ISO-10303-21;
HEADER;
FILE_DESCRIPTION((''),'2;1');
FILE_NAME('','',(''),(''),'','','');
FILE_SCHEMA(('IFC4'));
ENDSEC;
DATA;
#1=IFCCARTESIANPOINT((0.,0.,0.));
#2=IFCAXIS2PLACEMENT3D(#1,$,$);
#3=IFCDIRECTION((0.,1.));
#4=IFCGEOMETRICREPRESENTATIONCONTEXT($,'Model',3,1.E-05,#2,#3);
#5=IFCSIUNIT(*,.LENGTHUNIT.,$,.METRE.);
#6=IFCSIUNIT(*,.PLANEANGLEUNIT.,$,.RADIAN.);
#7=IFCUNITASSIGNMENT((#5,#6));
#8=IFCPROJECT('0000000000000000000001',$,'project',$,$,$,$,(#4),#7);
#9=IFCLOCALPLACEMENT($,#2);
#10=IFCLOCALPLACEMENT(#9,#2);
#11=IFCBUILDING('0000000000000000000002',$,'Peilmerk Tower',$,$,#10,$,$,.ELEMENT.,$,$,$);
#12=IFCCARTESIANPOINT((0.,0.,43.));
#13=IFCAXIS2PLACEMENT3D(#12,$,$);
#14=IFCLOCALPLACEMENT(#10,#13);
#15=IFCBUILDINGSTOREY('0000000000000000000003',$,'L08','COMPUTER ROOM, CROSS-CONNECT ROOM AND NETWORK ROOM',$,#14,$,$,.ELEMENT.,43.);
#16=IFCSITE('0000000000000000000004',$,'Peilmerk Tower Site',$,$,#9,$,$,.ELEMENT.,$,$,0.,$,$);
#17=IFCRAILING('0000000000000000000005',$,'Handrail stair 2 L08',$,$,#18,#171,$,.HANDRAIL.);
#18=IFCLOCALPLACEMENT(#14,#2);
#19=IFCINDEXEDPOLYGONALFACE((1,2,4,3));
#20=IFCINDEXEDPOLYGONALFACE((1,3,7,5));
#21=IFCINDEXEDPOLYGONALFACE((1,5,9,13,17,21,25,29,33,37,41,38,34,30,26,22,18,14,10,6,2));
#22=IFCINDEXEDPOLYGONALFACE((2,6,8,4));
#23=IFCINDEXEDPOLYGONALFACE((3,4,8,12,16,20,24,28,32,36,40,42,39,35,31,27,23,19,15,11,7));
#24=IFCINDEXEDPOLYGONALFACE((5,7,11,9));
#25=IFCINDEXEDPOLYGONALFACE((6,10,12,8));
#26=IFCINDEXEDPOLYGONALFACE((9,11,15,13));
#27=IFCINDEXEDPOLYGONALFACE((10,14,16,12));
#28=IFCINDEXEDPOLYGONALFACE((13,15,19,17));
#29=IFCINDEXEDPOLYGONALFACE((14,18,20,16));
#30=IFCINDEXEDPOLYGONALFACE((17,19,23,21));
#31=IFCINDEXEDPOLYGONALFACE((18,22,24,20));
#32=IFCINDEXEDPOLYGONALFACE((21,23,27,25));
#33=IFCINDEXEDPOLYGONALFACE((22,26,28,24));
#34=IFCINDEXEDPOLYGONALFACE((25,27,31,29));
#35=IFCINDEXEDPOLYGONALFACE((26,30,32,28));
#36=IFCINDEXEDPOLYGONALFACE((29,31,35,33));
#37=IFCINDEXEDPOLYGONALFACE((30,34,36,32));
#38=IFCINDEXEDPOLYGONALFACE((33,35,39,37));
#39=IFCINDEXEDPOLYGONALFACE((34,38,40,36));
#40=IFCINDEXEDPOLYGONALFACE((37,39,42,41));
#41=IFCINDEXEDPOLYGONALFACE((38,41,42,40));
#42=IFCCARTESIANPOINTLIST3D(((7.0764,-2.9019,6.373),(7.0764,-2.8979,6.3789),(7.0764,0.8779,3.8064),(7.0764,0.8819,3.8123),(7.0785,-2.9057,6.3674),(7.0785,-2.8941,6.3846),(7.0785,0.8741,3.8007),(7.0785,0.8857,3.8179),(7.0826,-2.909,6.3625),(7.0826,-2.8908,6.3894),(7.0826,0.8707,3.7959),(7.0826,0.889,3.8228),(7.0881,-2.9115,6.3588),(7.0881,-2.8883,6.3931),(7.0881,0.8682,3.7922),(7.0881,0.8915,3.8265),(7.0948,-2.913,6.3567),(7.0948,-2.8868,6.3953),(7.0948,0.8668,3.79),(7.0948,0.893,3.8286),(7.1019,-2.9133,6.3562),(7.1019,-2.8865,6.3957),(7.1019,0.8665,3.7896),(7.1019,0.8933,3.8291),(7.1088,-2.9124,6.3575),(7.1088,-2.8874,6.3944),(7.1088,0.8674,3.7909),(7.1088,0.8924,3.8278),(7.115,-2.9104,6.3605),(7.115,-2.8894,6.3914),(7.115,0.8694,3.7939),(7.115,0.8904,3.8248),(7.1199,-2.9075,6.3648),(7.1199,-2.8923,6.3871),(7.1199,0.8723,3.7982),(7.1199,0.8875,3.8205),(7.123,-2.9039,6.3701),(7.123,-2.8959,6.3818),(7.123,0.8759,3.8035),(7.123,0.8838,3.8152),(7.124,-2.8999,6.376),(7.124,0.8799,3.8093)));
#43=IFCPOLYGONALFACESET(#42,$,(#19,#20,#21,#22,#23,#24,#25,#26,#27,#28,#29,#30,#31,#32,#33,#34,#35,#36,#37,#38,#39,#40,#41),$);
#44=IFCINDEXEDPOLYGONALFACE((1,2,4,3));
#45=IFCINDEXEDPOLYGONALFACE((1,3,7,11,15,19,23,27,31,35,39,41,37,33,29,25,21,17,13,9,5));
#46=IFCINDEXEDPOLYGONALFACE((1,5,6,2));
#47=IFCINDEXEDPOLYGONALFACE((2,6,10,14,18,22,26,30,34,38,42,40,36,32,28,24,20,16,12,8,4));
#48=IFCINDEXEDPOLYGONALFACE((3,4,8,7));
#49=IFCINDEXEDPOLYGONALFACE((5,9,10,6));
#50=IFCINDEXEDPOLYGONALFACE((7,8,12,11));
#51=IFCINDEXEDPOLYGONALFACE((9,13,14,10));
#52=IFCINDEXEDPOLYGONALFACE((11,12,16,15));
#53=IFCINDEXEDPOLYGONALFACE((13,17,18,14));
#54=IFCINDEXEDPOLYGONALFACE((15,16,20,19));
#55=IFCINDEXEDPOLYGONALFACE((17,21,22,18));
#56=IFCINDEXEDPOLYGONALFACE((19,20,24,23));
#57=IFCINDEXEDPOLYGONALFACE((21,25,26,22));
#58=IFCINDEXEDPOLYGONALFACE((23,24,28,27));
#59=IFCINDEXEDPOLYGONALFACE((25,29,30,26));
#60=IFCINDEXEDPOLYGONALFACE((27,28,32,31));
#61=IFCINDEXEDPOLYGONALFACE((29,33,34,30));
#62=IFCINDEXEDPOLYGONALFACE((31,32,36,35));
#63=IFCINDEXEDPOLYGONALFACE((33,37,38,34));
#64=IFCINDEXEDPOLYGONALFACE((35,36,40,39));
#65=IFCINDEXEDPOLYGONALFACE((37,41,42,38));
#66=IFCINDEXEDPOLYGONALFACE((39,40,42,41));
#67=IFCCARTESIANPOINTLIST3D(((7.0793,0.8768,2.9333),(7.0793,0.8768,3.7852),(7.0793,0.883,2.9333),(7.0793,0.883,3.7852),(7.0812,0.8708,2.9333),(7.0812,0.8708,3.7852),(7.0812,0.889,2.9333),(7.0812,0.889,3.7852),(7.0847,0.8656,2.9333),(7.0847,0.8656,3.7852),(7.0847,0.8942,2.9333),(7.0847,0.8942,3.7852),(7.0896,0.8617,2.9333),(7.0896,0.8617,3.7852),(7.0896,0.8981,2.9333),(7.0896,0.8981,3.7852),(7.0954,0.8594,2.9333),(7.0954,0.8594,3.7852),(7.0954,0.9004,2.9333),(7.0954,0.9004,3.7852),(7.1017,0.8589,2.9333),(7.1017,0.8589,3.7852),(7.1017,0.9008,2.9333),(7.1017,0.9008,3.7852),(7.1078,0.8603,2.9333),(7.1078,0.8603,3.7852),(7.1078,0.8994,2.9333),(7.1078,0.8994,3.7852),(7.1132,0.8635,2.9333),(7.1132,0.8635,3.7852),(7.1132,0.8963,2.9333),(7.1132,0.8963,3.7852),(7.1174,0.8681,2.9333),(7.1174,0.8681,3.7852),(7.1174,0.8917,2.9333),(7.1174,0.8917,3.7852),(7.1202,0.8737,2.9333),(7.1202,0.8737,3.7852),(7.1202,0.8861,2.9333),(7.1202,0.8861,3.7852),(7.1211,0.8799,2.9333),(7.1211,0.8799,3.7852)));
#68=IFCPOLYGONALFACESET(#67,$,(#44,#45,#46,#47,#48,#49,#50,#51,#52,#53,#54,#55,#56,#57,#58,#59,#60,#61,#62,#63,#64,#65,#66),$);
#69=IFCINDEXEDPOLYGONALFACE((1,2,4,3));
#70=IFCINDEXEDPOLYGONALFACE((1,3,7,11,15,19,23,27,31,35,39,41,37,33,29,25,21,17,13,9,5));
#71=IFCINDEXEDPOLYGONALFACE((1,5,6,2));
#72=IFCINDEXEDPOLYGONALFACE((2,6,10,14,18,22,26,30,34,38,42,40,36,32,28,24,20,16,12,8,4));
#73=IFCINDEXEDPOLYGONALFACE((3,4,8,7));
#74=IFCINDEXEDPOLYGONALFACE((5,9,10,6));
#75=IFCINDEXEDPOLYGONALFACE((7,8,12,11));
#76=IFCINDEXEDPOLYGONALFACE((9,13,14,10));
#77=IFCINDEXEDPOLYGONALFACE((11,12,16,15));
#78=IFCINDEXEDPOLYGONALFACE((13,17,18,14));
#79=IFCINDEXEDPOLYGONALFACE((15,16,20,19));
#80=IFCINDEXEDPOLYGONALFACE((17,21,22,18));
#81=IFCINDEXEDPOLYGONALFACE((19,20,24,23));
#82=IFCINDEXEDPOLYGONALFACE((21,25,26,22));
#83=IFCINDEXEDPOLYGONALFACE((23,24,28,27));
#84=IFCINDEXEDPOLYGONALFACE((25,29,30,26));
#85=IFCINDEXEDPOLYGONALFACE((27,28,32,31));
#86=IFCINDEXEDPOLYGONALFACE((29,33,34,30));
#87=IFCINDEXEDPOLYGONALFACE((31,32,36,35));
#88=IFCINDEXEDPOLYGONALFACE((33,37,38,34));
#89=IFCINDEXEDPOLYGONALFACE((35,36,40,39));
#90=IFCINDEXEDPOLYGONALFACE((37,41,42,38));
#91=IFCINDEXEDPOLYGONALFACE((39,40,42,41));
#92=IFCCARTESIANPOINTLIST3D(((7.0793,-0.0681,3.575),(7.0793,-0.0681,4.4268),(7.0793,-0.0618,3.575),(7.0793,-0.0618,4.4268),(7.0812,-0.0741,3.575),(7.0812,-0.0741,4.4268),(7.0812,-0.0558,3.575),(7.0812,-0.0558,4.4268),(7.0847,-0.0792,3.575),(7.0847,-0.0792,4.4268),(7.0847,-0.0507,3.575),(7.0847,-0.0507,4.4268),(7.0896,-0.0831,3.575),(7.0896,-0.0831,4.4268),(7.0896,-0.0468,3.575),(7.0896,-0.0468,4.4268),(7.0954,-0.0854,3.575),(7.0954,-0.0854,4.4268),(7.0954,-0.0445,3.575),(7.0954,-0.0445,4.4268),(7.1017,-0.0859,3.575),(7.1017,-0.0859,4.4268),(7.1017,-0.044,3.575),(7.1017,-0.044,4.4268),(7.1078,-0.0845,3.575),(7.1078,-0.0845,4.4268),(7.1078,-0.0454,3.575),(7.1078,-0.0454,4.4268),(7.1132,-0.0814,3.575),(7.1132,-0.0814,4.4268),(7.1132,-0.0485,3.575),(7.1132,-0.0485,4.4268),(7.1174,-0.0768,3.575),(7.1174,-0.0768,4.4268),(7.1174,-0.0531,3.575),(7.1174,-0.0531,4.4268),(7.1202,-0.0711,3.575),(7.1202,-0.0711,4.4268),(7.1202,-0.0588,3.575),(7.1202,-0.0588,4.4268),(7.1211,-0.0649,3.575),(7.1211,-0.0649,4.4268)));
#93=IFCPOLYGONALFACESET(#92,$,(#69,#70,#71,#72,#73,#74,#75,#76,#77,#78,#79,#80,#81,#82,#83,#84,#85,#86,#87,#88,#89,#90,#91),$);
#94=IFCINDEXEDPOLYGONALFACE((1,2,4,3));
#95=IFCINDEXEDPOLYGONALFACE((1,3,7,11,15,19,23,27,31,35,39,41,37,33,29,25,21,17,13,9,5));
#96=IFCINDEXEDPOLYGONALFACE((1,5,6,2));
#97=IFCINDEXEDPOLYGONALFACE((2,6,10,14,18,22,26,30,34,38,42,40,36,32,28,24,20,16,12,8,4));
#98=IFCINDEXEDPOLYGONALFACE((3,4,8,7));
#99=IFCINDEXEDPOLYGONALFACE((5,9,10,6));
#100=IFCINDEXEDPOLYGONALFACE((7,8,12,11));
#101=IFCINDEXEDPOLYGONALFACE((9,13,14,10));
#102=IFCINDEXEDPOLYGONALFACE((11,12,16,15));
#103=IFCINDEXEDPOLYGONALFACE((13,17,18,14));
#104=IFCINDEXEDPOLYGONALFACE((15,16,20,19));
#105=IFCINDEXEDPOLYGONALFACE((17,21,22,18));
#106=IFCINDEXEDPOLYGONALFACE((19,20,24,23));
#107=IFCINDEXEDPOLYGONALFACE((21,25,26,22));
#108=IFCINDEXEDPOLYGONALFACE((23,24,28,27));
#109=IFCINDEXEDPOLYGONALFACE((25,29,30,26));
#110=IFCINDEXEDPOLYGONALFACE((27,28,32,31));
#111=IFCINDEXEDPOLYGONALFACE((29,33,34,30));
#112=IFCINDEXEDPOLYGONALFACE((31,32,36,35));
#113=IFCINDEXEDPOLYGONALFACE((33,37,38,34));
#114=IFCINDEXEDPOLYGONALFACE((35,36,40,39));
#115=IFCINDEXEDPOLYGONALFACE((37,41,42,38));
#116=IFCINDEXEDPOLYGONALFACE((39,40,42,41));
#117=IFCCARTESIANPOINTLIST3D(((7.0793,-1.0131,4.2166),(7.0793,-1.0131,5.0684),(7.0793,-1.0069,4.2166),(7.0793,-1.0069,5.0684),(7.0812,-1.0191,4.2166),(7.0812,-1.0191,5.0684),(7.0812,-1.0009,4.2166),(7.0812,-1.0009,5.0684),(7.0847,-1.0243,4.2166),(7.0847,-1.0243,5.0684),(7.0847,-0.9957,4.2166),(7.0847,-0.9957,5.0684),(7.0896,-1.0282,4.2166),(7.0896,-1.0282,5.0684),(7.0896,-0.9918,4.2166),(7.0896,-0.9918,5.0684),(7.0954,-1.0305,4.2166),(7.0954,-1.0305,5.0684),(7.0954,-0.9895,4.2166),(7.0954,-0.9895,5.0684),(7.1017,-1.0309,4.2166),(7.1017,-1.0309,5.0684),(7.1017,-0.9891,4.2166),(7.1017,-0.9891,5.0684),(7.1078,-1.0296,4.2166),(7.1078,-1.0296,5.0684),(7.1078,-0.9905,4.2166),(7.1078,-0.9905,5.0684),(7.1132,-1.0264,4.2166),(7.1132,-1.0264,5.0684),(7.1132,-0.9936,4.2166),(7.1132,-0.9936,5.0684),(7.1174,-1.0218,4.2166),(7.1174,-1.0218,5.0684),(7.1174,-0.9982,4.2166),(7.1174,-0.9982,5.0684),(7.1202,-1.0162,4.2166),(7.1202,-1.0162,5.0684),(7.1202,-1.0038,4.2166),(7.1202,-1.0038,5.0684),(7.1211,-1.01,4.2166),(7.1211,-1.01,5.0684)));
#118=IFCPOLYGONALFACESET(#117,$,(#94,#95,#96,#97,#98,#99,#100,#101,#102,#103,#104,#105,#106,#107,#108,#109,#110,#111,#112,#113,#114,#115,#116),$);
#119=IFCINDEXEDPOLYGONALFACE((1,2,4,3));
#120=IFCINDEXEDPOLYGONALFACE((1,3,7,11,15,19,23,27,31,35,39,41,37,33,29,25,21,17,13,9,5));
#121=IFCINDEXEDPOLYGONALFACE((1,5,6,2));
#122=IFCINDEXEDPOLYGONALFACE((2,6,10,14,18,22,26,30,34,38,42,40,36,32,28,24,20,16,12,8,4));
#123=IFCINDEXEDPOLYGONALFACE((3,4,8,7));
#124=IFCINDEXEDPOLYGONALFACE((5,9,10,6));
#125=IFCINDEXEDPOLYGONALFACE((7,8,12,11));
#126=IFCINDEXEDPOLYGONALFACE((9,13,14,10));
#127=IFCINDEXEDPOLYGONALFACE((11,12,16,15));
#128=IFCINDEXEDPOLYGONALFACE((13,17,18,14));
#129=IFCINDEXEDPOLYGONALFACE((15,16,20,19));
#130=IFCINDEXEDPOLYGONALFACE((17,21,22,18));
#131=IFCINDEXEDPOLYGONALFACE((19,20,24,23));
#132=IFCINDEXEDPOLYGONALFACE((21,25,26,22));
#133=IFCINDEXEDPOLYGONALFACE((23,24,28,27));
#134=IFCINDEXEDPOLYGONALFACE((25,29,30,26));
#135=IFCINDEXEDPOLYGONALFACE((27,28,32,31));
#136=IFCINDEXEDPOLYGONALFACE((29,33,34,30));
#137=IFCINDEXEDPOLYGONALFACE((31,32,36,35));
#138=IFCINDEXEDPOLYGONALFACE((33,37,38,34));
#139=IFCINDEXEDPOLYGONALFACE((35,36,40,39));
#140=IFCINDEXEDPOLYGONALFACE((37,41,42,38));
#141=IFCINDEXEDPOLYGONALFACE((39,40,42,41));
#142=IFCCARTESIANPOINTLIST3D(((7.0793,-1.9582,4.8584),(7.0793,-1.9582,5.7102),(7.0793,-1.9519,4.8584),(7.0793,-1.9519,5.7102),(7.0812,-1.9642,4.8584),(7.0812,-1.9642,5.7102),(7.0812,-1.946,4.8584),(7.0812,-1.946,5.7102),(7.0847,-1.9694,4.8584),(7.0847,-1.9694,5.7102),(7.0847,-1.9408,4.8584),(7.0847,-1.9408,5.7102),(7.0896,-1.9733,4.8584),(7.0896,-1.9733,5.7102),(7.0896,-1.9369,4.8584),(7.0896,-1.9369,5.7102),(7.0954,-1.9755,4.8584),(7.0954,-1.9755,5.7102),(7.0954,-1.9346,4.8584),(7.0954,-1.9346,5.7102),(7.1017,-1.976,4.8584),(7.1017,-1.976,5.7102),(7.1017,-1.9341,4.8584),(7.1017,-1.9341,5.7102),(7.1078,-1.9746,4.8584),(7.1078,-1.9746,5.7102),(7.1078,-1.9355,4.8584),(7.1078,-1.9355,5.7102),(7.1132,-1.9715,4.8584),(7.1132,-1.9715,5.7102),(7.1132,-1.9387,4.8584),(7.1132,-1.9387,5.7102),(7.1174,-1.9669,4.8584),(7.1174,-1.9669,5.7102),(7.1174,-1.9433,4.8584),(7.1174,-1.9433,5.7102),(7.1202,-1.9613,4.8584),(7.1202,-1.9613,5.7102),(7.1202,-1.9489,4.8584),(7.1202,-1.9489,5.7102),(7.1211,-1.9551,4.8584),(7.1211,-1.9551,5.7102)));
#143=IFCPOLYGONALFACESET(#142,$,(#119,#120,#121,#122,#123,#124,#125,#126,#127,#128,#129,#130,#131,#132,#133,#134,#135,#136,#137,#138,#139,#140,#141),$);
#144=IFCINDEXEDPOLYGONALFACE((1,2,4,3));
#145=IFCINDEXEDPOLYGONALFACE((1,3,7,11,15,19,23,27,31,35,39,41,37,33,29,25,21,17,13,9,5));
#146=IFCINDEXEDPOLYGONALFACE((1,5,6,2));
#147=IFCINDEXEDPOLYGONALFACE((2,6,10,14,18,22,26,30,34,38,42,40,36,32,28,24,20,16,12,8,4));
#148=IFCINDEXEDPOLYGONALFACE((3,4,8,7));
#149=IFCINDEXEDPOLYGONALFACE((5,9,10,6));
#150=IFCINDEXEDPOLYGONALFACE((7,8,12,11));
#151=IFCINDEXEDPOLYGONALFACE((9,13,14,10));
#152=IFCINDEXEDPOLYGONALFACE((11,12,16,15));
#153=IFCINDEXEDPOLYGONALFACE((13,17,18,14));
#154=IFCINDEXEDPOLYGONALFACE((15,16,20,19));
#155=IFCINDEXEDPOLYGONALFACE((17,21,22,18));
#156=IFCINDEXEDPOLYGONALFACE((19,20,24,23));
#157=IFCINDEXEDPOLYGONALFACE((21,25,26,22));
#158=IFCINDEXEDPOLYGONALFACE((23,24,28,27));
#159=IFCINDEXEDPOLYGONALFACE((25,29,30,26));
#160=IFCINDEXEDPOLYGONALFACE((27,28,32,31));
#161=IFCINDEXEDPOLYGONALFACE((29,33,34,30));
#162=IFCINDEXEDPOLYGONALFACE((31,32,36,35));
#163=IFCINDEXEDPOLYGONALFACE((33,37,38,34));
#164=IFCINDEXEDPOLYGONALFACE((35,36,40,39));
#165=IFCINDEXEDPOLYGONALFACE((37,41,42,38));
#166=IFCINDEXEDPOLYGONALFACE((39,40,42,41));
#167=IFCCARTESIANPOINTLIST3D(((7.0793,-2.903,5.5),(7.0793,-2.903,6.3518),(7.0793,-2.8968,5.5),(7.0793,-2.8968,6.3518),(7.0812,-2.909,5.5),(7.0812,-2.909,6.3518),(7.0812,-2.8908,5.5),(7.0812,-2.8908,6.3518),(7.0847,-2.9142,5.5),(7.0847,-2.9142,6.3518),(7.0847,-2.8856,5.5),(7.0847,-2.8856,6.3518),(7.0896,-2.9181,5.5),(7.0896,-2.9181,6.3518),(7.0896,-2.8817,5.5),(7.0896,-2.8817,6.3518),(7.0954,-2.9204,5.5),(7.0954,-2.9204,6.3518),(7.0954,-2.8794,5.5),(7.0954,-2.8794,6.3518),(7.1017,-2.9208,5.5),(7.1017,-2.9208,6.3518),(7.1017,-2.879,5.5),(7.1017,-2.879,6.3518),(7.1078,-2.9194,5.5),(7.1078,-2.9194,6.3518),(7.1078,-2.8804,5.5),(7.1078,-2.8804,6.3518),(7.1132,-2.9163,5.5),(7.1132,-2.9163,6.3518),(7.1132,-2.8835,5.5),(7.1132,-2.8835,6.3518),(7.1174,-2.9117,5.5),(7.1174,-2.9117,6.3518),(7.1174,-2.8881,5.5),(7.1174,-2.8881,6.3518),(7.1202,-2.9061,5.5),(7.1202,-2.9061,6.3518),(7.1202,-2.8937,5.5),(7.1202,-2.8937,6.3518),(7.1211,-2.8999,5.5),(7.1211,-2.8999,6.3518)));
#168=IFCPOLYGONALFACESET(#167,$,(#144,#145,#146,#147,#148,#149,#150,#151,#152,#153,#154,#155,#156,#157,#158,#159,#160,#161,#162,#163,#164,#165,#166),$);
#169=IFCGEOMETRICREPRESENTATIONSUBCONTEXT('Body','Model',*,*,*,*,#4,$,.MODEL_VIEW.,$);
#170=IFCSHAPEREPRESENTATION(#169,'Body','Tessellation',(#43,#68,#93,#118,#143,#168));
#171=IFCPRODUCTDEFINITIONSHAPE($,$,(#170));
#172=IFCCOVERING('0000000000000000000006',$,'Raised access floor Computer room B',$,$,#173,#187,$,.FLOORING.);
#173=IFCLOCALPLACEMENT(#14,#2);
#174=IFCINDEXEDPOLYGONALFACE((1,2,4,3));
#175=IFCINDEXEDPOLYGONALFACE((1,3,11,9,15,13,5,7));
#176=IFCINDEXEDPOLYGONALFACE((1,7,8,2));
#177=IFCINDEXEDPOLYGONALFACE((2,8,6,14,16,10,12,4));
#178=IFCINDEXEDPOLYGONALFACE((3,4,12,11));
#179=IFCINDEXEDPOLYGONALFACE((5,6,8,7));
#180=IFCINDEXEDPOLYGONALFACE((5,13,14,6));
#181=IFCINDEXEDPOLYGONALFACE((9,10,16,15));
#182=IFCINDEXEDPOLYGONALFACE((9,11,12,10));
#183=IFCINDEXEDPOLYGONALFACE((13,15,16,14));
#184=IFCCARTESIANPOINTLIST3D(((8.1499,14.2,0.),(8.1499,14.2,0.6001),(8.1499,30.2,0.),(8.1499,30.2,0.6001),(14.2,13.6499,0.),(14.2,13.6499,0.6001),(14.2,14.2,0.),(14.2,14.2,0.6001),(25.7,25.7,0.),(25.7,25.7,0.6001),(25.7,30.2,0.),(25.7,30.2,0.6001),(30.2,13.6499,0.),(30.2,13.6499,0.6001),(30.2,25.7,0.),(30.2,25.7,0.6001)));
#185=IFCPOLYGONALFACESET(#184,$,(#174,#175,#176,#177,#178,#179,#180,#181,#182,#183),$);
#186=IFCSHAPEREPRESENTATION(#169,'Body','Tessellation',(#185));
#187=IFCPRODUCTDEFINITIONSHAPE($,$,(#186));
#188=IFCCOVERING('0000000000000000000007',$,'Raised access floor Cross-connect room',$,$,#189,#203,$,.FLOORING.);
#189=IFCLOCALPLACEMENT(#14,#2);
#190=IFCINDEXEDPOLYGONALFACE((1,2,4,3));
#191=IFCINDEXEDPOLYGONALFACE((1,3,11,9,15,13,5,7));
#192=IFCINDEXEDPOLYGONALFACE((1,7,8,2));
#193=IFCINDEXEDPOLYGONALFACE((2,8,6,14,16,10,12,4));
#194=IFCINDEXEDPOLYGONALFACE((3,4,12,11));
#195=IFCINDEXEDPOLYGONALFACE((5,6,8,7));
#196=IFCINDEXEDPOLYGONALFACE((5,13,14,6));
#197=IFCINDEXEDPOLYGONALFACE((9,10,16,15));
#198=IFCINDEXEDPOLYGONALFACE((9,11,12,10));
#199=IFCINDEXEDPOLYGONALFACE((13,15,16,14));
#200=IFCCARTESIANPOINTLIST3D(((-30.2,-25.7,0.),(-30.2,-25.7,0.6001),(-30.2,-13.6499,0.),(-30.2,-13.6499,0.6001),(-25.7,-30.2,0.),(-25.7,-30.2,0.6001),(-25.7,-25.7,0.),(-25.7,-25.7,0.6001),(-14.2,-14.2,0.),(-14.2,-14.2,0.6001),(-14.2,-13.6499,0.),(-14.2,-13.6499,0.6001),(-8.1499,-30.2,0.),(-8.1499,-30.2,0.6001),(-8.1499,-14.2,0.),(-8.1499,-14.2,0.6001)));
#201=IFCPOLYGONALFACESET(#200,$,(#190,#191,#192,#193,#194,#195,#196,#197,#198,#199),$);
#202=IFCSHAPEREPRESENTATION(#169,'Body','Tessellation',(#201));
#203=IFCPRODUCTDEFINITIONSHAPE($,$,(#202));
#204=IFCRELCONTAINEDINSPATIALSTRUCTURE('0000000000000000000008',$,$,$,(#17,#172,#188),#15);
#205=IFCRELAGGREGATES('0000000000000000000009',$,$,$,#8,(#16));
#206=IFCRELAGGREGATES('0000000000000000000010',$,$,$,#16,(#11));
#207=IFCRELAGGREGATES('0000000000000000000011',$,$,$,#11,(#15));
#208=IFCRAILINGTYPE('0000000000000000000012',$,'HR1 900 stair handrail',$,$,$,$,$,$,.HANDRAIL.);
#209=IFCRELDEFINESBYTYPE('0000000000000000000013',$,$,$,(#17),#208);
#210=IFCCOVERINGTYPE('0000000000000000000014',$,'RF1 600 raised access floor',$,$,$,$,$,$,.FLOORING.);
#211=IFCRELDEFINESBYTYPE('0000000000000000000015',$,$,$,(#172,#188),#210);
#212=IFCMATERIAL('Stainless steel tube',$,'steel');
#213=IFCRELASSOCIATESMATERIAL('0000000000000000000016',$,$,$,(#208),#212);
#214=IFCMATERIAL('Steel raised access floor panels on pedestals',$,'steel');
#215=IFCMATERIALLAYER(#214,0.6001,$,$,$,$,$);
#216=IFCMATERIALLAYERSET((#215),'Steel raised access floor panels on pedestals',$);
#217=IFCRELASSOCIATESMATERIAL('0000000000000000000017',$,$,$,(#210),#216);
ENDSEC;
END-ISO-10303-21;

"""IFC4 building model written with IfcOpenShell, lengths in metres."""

from ifc_helpers import new_model, si_unit, direction, frame, origin, origin_2d, place, context, subcontext, project, spatial, polyline, circle, outline, extrude, material, layer, layer_set, type_object, element, save


model = new_model("IFC4")

# Units and contexts
model_context = context("Model", 3, precision=1e-05, world=origin(), true_north=direction((0.0, 1.0)))
body_context = subcontext(model_context, "Body", "Model", "MODEL_VIEW")
ifc_project = project(units=[si_unit("LENGTHUNIT", "METRE"), si_unit("PLANEANGLEUNIT", "RADIAN")], contexts=[model_context])

# Site, building, storey
site_placement = place(None, origin())
site = spatial("IfcSite", under=ifc_project, at=site_placement, Name="Peilmerk Tower Site", CompositionType="ELEMENT", RefElevation=0.0)
building_placement = place(site_placement, origin())
building = spatial("IfcBuilding", under=site, at=building_placement, Name="Peilmerk Tower", CompositionType="ELEMENT")
storey_placement = place(building_placement, frame((0.0, 0.0, 43.0)))
storey = spatial("IfcBuildingStorey", under=building, at=storey_placement, Name="L08", Description="COMPUTER ROOM, CROSS-CONNECT ROOM AND NETWORK ROOM", CompositionType="ELEMENT", Elevation=43.0)

# Railing
ifc_material_1 = material(Name="Stainless steel tube", Category="steel")
railing_type_1 = type_object("IfcRailingType", Name="HR1 900 stair handrail", PredefinedType="HANDRAIL", material=ifc_material_1)
railing_1_placement = place(storey_placement, frame((7.1001, 0.8799, 2.9333)))
element("IfcRailing", 1, at=railing_1_placement, inside=storey, type_object=railing_type_1, Name="Handrail stair 2 L08", PredefinedType="HANDRAIL", context=body_context, shape_type="SweptSolid", body=[
    extrude(circle(Radius=0.0239, at=origin_2d()), frame((0.0, 0.0, 0.876), z_axis=(0.0, -0.827293, 0.561771), x_axis=(1.0, 0.0, 0.0)), (0.0, 0.0, 1.0), 4.5688),
    extrude(circle(Radius=0.021, at=origin_2d()), origin(), (0.0, 0.0, 1.0), 0.8518),
    extrude(circle(Radius=0.021, at=origin_2d()), frame((0.0, -0.9448, 0.6416)), (0.0, 0.0, 1.0), 0.8518),
    extrude(circle(Radius=0.021, at=origin_2d()), frame((0.0, -1.8899, 1.2832)), (0.0, 0.0, 1.0), 0.8518),
    extrude(circle(Radius=0.021, at=origin_2d()), frame((0.0, -2.835, 1.925)), (0.0, 0.0, 1.0), 0.8518),
    extrude(circle(Radius=0.021, at=origin_2d()), frame((0.0, -3.7798, 2.5667)), (0.0, 0.0, 1.0), 0.8518),
])

# Coverings
ifc_material_2 = material(Name="Steel raised access floor panels on pedestals", Category="steel")
ifc_layer_1 = layer(ifc_material_2, 0.6001)
ifc_layer_set_1 = layer_set([ifc_layer_1], Name="Steel raised access floor panels on pedestals")
covering_type_1 = type_object("IfcCoveringType", Name="RF1 600 raised access floor", PredefinedType="FLOORING", material=ifc_layer_set_1)
covering_1_placement = place(storey_placement, origin())
element("IfcCovering", 2, at=covering_1_placement, inside=storey, type_object=covering_type_1, Name="Raised access floor Computer room B", PredefinedType="FLOORING", context=body_context, shape_type="SweptSolid", body=[
    extrude(outline(polyline([(25.7, 30.2), (8.1499, 30.2), (8.1499, 14.2), (14.2, 14.2), (14.2, 13.6499), (30.2, 13.6499), (30.2, 25.7), (25.7, 25.7), (25.7, 30.2)])), origin(), (0.0, 0.0, 1.0), 0.6001),
])
covering_2_placement = place(storey_placement, origin())
element("IfcCovering", 3, at=covering_2_placement, inside=storey, type_object=covering_type_1, Name="Raised access floor Cross-connect room", PredefinedType="FLOORING", context=body_context, shape_type="SweptSolid", body=[
    extrude(outline(polyline([(-25.7, -30.2), (-8.1499, -30.2), (-8.1499, -14.2), (-14.2, -14.2), (-14.2, -13.6499), (-30.2, -13.6499), (-30.2, -25.7), (-25.7, -25.7), (-25.7, -30.2)])), origin(), (0.0, 0.0, 1.0), 0.6001),
])

save(model, "model.ifc")
